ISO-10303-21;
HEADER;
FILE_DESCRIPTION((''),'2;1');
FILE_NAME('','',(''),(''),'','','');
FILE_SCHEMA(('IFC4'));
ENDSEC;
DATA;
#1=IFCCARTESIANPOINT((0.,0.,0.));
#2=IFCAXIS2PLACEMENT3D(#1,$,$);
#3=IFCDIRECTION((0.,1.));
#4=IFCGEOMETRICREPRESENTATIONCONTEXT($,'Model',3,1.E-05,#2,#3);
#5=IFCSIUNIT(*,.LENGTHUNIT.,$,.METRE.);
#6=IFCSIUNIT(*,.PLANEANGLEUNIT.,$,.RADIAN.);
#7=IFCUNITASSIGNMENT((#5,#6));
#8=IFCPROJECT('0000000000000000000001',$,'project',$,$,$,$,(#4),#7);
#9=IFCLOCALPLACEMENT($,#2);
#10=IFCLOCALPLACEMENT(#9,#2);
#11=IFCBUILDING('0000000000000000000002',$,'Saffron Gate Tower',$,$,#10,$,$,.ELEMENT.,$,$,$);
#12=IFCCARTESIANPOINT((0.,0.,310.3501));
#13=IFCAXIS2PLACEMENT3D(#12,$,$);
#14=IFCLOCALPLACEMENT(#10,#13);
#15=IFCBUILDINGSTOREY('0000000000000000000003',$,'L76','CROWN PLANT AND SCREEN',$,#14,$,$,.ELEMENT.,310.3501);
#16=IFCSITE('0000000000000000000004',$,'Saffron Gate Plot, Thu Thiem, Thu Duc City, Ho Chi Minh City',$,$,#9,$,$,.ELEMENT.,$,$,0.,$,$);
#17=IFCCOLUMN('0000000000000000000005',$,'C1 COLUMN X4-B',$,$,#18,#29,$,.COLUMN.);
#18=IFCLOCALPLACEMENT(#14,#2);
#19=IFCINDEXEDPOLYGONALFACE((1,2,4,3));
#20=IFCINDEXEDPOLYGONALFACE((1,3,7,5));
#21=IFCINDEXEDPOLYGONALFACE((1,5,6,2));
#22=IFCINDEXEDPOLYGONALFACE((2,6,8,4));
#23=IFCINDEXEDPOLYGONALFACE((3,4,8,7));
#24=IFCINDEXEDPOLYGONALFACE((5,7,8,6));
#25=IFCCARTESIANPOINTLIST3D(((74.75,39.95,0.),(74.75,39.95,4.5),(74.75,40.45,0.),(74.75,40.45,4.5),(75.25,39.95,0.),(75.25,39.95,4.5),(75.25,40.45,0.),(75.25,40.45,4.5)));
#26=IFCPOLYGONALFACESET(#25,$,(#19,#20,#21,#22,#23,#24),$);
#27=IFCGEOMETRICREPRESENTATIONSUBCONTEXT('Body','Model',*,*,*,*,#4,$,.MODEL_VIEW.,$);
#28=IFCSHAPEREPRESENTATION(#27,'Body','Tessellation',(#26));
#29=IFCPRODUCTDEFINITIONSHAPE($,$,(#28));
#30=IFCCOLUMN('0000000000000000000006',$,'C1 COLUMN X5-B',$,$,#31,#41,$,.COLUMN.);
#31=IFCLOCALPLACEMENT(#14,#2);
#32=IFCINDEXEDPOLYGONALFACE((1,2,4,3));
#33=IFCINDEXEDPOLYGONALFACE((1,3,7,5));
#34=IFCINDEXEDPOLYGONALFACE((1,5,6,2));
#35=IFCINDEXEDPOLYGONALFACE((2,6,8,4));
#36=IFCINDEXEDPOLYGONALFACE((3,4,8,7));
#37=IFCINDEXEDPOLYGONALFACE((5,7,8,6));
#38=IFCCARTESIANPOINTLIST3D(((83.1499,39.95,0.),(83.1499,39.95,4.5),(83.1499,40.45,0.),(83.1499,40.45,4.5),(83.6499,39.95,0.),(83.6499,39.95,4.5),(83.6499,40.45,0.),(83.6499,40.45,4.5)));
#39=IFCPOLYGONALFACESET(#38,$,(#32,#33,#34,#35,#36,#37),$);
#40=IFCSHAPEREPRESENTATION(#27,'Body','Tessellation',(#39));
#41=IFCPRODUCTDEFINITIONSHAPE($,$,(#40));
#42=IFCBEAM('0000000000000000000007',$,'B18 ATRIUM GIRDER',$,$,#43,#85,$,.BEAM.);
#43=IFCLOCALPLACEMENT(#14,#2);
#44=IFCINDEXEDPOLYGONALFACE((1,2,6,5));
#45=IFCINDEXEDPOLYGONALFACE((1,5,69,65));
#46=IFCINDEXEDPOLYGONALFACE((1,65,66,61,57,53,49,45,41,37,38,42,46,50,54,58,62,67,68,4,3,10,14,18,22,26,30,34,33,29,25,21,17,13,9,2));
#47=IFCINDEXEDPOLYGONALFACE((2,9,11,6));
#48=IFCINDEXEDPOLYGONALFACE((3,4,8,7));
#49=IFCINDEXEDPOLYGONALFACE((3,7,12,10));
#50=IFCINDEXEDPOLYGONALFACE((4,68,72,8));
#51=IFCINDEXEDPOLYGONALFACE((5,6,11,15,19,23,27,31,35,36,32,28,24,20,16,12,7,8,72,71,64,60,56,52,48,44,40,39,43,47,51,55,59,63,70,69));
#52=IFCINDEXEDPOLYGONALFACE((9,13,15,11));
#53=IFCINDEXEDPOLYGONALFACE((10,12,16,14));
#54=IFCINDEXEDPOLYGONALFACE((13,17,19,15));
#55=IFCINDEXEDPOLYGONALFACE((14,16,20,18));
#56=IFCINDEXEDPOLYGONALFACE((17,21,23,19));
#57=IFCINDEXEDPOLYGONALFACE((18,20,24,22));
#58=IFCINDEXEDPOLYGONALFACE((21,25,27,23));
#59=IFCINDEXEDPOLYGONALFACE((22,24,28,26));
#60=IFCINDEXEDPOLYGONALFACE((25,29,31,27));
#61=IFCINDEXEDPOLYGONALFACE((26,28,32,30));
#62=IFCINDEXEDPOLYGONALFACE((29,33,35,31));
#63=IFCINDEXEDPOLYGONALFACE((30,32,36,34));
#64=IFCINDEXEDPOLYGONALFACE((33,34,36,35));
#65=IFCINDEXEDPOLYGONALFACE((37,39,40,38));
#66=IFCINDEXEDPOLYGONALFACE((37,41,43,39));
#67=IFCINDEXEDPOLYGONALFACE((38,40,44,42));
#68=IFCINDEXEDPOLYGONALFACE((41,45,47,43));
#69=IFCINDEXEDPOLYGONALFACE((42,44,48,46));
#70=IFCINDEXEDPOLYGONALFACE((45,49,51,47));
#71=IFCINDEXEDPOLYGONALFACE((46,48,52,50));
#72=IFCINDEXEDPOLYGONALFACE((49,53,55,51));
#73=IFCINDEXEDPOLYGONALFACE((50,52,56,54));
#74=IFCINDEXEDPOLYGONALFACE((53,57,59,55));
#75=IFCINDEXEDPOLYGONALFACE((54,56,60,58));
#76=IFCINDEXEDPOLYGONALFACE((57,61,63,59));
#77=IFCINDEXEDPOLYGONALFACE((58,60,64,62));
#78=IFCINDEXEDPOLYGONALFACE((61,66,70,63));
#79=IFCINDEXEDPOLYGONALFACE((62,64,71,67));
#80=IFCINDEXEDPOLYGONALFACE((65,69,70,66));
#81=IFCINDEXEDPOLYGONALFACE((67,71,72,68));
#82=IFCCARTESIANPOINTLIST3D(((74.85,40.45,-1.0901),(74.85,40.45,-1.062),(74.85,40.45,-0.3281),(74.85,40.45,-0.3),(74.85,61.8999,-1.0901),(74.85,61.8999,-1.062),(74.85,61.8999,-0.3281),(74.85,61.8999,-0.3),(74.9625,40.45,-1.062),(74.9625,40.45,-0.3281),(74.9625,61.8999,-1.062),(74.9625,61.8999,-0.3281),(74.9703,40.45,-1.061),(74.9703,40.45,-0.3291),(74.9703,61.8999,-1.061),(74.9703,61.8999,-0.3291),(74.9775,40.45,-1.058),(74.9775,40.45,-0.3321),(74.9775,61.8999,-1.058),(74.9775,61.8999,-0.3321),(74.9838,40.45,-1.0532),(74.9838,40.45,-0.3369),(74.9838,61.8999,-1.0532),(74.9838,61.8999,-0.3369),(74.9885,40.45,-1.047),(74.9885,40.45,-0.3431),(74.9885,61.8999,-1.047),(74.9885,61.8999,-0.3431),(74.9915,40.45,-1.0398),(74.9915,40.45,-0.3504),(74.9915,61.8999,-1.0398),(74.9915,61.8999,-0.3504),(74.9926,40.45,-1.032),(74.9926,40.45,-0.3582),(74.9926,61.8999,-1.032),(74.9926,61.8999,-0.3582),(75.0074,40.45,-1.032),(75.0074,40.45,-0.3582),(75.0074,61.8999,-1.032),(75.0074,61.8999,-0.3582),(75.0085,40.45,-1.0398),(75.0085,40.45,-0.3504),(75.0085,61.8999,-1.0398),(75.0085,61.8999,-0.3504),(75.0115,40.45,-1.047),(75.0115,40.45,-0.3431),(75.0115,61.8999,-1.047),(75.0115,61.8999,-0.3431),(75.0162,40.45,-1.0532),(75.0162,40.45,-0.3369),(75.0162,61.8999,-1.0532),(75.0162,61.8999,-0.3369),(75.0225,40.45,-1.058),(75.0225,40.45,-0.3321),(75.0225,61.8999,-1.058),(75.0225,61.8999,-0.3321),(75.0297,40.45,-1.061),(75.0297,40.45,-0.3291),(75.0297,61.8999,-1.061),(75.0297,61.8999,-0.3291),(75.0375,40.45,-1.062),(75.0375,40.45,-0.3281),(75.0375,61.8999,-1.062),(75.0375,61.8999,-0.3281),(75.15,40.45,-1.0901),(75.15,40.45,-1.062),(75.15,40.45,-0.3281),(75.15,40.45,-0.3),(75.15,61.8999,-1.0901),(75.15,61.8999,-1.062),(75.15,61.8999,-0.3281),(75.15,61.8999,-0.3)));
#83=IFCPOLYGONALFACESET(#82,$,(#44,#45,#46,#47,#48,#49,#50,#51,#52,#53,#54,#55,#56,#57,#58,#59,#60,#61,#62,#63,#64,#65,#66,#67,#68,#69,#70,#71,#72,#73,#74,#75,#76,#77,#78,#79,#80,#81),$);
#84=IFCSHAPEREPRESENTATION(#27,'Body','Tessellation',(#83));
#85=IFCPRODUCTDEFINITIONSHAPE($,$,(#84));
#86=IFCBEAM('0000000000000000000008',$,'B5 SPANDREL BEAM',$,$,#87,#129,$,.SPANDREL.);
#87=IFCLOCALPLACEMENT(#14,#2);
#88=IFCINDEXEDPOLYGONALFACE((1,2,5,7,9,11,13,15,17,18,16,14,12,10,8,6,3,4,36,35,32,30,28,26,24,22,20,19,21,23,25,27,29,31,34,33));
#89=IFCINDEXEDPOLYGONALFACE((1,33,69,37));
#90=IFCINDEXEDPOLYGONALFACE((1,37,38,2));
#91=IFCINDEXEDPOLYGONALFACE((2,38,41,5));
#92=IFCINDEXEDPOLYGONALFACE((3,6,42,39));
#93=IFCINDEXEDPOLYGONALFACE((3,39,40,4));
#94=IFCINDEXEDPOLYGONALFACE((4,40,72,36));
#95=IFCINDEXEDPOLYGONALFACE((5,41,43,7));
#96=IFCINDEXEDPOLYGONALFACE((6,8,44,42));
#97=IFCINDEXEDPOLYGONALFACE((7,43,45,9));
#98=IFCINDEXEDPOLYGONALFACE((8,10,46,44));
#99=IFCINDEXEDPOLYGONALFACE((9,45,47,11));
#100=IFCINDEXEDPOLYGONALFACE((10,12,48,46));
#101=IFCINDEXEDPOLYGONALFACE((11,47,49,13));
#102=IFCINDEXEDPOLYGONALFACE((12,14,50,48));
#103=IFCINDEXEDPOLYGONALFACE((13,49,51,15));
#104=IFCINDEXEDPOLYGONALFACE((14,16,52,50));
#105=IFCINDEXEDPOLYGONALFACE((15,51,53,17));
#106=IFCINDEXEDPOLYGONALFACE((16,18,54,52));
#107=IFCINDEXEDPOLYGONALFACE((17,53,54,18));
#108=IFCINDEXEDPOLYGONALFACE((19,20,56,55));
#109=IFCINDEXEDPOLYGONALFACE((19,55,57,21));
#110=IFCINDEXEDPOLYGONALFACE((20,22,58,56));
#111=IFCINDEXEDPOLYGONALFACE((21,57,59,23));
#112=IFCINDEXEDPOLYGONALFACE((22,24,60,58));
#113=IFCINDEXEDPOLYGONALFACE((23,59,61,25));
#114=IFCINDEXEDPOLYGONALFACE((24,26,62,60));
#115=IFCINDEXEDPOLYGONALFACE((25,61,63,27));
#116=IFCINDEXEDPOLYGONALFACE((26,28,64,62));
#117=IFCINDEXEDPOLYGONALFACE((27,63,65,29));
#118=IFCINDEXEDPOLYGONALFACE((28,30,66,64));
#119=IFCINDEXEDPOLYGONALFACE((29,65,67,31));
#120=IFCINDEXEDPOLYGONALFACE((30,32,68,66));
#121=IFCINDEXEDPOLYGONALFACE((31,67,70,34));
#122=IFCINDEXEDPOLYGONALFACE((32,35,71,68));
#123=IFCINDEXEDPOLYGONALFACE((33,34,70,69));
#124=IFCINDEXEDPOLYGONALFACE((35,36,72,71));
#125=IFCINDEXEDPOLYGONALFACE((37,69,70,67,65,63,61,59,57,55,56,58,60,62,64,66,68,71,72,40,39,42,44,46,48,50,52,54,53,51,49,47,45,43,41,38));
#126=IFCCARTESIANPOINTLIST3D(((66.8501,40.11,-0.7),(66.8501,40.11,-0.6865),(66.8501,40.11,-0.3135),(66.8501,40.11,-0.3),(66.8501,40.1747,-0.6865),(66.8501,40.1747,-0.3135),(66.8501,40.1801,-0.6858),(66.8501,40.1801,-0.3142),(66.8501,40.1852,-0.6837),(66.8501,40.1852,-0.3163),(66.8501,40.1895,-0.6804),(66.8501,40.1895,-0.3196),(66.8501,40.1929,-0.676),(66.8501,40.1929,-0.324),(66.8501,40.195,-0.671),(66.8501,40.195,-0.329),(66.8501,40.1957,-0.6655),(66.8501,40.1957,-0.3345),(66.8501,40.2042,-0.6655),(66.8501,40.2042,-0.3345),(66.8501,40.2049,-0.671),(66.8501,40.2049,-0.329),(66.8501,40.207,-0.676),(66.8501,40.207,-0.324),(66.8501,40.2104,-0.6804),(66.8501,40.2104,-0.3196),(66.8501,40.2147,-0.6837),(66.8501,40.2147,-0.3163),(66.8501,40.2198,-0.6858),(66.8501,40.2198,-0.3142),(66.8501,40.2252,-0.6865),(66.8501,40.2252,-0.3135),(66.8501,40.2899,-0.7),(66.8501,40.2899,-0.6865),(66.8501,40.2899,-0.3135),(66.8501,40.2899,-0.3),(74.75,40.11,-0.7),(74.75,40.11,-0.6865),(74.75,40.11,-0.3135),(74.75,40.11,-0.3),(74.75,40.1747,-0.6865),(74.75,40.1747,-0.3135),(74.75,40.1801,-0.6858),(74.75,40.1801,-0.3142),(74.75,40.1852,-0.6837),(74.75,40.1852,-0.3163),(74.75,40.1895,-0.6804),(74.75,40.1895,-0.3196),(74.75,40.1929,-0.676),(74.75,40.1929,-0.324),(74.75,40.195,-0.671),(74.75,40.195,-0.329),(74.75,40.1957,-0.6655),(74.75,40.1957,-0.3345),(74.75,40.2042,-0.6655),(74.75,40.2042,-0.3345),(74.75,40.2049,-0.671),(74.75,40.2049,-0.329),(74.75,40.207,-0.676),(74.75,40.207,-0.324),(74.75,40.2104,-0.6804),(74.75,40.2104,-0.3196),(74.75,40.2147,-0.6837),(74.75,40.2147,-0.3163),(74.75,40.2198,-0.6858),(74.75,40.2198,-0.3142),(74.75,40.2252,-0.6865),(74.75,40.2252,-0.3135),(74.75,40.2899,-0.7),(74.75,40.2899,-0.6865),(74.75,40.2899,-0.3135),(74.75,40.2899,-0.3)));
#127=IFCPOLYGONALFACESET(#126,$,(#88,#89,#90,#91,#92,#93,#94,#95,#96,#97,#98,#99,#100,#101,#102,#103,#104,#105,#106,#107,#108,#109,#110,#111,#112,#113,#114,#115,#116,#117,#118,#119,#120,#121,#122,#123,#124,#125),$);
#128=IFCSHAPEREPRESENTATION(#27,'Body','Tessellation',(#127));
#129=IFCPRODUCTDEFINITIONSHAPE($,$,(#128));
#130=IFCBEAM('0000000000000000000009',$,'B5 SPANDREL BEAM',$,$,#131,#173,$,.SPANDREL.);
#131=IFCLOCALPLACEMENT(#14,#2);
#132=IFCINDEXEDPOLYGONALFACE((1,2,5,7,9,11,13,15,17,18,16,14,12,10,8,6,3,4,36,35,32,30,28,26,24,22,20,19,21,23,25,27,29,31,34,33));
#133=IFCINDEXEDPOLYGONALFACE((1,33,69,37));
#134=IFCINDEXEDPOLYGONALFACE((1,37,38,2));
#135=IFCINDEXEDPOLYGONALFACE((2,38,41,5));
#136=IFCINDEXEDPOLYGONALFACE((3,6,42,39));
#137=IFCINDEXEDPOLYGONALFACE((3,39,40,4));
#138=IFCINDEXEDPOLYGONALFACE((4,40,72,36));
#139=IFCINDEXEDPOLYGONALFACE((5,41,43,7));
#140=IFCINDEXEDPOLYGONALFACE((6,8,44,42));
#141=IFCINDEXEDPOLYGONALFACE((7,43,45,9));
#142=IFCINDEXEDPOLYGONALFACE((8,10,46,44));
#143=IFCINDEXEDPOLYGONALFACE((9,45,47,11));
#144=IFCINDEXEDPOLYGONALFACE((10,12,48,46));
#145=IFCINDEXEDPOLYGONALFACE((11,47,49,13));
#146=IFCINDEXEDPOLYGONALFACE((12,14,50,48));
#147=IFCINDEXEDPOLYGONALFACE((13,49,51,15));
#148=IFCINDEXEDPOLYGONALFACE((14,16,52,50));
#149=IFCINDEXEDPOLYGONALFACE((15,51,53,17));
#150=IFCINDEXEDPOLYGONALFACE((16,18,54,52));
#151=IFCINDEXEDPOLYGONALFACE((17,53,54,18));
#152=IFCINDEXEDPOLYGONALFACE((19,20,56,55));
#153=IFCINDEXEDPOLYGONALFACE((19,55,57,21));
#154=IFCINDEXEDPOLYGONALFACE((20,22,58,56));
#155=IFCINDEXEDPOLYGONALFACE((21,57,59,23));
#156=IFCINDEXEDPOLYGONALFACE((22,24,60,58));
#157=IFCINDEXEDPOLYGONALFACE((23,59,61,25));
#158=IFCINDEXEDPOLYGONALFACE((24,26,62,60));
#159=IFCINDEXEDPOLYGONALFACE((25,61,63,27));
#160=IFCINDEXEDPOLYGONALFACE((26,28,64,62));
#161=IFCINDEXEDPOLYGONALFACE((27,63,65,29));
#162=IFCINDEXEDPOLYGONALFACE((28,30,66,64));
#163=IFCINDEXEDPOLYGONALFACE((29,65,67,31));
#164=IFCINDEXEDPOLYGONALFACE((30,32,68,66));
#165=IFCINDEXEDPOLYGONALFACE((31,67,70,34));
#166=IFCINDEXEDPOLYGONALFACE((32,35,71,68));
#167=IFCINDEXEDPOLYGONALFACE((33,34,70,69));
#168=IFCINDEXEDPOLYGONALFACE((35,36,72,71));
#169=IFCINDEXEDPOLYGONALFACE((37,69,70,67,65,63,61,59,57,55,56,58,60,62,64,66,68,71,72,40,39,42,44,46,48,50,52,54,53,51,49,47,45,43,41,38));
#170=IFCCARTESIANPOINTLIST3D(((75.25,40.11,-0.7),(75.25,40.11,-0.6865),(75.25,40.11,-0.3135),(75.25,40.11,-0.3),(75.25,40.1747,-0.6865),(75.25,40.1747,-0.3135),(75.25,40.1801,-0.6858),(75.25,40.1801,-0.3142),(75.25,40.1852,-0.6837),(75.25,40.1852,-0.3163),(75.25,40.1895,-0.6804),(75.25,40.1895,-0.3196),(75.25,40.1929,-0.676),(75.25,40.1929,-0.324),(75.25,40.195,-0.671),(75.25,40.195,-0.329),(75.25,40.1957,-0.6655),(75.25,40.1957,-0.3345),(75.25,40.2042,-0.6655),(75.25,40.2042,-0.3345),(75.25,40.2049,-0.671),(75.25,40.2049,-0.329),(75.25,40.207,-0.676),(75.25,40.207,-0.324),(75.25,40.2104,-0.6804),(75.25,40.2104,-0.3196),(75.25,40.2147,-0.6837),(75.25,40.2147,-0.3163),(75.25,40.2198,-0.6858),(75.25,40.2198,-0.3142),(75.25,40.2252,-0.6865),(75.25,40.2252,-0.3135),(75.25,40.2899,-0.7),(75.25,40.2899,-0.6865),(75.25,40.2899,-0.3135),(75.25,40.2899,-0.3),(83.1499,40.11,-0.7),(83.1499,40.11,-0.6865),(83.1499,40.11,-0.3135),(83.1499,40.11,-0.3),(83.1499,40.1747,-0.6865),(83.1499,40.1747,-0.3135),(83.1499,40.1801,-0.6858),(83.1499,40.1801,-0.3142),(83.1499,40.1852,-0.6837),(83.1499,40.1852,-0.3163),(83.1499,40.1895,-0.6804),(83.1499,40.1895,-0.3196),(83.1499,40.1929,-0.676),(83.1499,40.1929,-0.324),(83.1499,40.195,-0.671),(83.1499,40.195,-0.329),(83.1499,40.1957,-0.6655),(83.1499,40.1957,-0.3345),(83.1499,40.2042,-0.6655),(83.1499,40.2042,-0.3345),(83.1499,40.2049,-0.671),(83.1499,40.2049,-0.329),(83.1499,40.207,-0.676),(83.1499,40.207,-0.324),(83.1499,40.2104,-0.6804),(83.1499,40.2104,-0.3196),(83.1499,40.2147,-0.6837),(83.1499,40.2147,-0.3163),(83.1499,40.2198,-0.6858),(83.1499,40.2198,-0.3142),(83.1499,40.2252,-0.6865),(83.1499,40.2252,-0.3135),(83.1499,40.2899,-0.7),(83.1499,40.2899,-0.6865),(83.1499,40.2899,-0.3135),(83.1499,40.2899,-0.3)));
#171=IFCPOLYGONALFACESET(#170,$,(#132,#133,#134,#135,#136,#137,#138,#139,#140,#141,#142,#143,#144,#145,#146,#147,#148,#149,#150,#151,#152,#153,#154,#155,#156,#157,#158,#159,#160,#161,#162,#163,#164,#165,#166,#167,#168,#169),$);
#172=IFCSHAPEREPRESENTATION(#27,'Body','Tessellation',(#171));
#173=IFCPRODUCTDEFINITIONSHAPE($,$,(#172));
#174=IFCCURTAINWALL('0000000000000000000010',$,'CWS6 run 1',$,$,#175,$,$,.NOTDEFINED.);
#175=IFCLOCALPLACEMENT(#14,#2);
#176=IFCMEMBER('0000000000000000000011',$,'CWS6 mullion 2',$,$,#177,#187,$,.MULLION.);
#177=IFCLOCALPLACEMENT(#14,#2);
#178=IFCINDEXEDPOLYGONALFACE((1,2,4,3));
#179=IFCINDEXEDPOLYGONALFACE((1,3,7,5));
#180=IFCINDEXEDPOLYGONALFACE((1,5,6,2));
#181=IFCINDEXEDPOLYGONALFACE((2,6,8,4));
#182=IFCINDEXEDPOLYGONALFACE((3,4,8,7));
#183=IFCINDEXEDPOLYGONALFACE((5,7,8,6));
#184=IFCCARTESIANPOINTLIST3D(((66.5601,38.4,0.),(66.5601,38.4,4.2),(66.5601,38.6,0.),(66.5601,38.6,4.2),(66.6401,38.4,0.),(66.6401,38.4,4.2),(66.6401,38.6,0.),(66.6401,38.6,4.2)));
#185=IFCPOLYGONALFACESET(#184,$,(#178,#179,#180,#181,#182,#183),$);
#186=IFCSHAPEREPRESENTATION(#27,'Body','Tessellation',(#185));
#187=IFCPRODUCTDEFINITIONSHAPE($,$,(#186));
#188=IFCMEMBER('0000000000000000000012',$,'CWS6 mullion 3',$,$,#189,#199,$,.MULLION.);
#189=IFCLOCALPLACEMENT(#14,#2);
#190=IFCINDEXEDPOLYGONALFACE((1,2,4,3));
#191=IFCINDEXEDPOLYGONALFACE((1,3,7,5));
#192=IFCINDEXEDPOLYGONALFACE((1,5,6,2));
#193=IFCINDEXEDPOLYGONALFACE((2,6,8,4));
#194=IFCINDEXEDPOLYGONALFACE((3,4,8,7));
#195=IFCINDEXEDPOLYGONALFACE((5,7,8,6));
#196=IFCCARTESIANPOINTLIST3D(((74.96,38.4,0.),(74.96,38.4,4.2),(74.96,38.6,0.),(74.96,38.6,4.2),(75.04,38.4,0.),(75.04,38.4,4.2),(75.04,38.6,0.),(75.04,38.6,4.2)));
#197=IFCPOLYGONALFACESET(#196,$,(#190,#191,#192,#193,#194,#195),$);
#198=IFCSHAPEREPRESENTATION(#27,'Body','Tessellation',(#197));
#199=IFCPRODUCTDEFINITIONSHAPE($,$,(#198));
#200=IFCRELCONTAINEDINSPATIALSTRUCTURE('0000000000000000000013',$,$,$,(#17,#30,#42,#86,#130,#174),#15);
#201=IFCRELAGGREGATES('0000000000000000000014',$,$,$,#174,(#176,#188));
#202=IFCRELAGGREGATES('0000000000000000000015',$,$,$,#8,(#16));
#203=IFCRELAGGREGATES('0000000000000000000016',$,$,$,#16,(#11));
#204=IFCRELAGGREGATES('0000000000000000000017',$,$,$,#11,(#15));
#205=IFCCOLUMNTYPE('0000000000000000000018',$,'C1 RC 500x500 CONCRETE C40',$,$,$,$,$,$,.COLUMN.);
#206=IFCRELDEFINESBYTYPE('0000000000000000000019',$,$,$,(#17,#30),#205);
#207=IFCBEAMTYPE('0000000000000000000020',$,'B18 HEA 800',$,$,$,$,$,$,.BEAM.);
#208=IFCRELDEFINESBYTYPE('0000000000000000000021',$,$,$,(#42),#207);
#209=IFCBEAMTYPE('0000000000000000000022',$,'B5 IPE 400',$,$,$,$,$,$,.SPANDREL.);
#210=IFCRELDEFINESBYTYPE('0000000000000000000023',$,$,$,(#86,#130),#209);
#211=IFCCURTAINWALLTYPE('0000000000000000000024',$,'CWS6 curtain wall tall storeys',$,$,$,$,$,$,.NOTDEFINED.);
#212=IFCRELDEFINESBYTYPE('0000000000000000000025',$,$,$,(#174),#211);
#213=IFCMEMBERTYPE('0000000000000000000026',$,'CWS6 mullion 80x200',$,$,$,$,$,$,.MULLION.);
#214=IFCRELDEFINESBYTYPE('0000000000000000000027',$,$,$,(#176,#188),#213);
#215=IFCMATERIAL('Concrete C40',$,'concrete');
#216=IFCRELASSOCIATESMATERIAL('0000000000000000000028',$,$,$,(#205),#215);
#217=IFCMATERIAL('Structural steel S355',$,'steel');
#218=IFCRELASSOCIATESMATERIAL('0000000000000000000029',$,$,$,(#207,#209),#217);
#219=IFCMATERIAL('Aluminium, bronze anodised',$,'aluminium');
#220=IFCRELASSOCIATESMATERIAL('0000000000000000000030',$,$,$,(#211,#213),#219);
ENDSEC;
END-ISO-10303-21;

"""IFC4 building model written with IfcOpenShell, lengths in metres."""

from ifc_helpers import new_model, si_unit, direction, frame, origin, origin_2d, place, context, subcontext, project, spatial, rectangle, i_section, extrude, material, material_profile, profile_set, type_object, element, aggregate, save


model = new_model("IFC4")

# Units and contexts
model_context = context("Model", 3, precision=1e-05, world=origin(), true_north=direction((0.0, 1.0)))
body_context = subcontext(model_context, "Body", "Model", "MODEL_VIEW")
ifc_project = project(units=[si_unit("LENGTHUNIT", "METRE"), si_unit("PLANEANGLEUNIT", "RADIAN")], contexts=[model_context])

# Site, building, storey
site_placement = place(None, origin())
site = spatial("IfcSite", under=ifc_project, at=site_placement, Name="Saffron Gate Plot, Thu Thiem, Thu Duc City, Ho Chi Minh City", CompositionType="ELEMENT", RefElevation=0.0)
building_placement = place(site_placement, origin())
building = spatial("IfcBuilding", under=site, at=building_placement, Name="Saffron Gate Tower", CompositionType="ELEMENT")
storey_placement = place(building_placement, frame((0.0, 0.0, 310.3501)))
storey = spatial("IfcBuildingStorey", under=building, at=storey_placement, Name="L76", Description="CROWN PLANT AND SCREEN", CompositionType="ELEMENT", Elevation=310.3501)

# Columns
ifc_material_1 = material(Name="Concrete C40", Category="concrete")
ifc_material_profile_1 = material_profile(ifc_material_1, rectangle(XDim=0.5, YDim=0.5, at=origin_2d()))
ifc_profile_set_1 = profile_set([ifc_material_profile_1], Name="Concrete C40")
column_type = type_object("IfcColumnType", Name="C1 RC 500x500 CONCRETE C40", PredefinedType="COLUMN", material=ifc_profile_set_1)
for number, where, z_axis, x_axis, name in (
    (1, (75.0, 40.2, 0.0), (0.0, 0.0, 1.0), (1.0, 0.0, 0.0), "C1 COLUMN X4-B"),
    (2, (83.3999, 40.2, 0.0), (0.0, 0.0, 1.0), (1.0, 0.0, 0.0), "C1 COLUMN X5-B"),
):
    element("IfcColumn", number, at=place(storey_placement, frame(where, z_axis=z_axis, x_axis=x_axis)), inside=storey, type_object=column_type, Name=name, PredefinedType="COLUMN", context=body_context, shape_type="SweptSolid", body=[
        extrude(rectangle(XDim=0.5, YDim=0.5, at=origin_2d()), origin(), (0.0, 0.0, 1.0), 4.5),
    ])

# Beams
ifc_material_2 = material(Name="Structural steel S355", Category="steel")
ifc_material_profile_2 = material_profile(ifc_material_2, i_section(OverallWidth=0.3, OverallDepth=0.79, WebThickness=0.0149, FlangeThickness=0.0281, FilletRadius=0.03, at=origin_2d()))
ifc_profile_set_2 = profile_set([ifc_material_profile_2], Name="Structural steel S355")
beam_type_1 = type_object("IfcBeamType", Name="B18 HEA 800", PredefinedType="BEAM", material=ifc_profile_set_2)
beam_placement = place(storey_placement, frame((75.0, 40.45, -0.6951), z_axis=(0.0, 1.0, 0.0), x_axis=(-1.0, 0.0, 0.0)))
element("IfcBeam", 3, at=beam_placement, inside=storey, type_object=beam_type_1, Name="B18 ATRIUM GIRDER", PredefinedType="BEAM", context=body_context, shape_type="SweptSolid", body=[
    extrude(i_section(OverallWidth=0.3, OverallDepth=0.79, WebThickness=0.0149, FlangeThickness=0.0281, FilletRadius=0.03, at=origin_2d()), origin(), (0.0, 0.0, 1.0), 21.45),
])
ifc_material_profile_3 = material_profile(ifc_material_2, i_section(OverallWidth=0.1799, OverallDepth=0.3999, WebThickness=0.0085, FlangeThickness=0.0134, FilletRadius=0.021, at=origin_2d()))
ifc_profile_set_3 = profile_set([ifc_material_profile_3], Name="Structural steel S355")
beam_type_2 = type_object("IfcBeamType", Name="B5 IPE 400", PredefinedType="SPANDREL", material=ifc_profile_set_3)
for number, where, z_axis, x_axis, name in (
    (4, (66.8501, 40.2, -0.5), (1.0, 0.0, 0.0), (0.0, 1.0, 0.0), "B5 SPANDREL BEAM"),
    (5, (75.25, 40.2, -0.5), (1.0, 0.0, 0.0), (0.0, 1.0, 0.0), "B5 SPANDREL BEAM"),
):
    element("IfcBeam", number, at=place(storey_placement, frame(where, z_axis=z_axis, x_axis=x_axis)), inside=storey, type_object=beam_type_2, Name=name, PredefinedType="SPANDREL", context=body_context, shape_type="SweptSolid", body=[
        extrude(i_section(OverallWidth=0.1799, OverallDepth=0.3999, WebThickness=0.0085, FlangeThickness=0.0134, FilletRadius=0.021, at=origin_2d()), origin(), (0.0, 0.0, 1.0), 7.8999),
    ])

# Curtain wall, members
ifc_material_3 = material(Name="Aluminium, bronze anodised", Category="aluminium")
curtain_wall_type = type_object("IfcCurtainWallType", Name="CWS6 curtain wall tall storeys", PredefinedType="NOTDEFINED", material=ifc_material_3)
curtain_wall_placement = place(storey_placement, origin())
curtain_wall = element("IfcCurtainWall", 6, at=curtain_wall_placement, inside=storey, type_object=curtain_wall_type, Name="CWS6 run 1", PredefinedType="NOTDEFINED")
ifc_material_profile_4 = material_profile(ifc_material_3, rectangle(XDim=0.2, YDim=0.0801, at=origin_2d()))
ifc_profile_set_4 = profile_set([ifc_material_profile_4], Name="Aluminium, bronze anodised")
member_type = type_object("IfcMemberType", Name="CWS6 mullion 80x200", PredefinedType="MULLION", material=ifc_profile_set_4)
member_1_placement = place(storey_placement, frame((66.6001, 38.5, 0.0), z_axis=(0.0, 0.0, 1.0), x_axis=(0.0, 1.0, 0.0)))
member_1 = element("IfcMember", 7, at=member_1_placement, type_object=member_type, Name="CWS6 mullion 2", PredefinedType="MULLION", context=body_context, shape_type="SweptSolid", body=[
    extrude(rectangle(XDim=0.2, YDim=0.0801, at=origin_2d()), origin(), (0.0, 0.0, 1.0), 4.2),
])
member_2_placement = place(storey_placement, frame((75.0, 38.5, 0.0), z_axis=(0.0, 0.0, 1.0), x_axis=(0.0, 1.0, 0.0)))
member_2 = element("IfcMember", 8, at=member_2_placement, type_object=member_type, Name="CWS6 mullion 3", PredefinedType="MULLION", context=body_context, shape_type="SweptSolid", body=[
    extrude(rectangle(XDim=0.2, YDim=0.0801, at=origin_2d()), origin(), (0.0, 0.0, 1.0), 4.2),
])
aggregate(curtain_wall, [member_1, member_2])

save(model, "model.ifc")
